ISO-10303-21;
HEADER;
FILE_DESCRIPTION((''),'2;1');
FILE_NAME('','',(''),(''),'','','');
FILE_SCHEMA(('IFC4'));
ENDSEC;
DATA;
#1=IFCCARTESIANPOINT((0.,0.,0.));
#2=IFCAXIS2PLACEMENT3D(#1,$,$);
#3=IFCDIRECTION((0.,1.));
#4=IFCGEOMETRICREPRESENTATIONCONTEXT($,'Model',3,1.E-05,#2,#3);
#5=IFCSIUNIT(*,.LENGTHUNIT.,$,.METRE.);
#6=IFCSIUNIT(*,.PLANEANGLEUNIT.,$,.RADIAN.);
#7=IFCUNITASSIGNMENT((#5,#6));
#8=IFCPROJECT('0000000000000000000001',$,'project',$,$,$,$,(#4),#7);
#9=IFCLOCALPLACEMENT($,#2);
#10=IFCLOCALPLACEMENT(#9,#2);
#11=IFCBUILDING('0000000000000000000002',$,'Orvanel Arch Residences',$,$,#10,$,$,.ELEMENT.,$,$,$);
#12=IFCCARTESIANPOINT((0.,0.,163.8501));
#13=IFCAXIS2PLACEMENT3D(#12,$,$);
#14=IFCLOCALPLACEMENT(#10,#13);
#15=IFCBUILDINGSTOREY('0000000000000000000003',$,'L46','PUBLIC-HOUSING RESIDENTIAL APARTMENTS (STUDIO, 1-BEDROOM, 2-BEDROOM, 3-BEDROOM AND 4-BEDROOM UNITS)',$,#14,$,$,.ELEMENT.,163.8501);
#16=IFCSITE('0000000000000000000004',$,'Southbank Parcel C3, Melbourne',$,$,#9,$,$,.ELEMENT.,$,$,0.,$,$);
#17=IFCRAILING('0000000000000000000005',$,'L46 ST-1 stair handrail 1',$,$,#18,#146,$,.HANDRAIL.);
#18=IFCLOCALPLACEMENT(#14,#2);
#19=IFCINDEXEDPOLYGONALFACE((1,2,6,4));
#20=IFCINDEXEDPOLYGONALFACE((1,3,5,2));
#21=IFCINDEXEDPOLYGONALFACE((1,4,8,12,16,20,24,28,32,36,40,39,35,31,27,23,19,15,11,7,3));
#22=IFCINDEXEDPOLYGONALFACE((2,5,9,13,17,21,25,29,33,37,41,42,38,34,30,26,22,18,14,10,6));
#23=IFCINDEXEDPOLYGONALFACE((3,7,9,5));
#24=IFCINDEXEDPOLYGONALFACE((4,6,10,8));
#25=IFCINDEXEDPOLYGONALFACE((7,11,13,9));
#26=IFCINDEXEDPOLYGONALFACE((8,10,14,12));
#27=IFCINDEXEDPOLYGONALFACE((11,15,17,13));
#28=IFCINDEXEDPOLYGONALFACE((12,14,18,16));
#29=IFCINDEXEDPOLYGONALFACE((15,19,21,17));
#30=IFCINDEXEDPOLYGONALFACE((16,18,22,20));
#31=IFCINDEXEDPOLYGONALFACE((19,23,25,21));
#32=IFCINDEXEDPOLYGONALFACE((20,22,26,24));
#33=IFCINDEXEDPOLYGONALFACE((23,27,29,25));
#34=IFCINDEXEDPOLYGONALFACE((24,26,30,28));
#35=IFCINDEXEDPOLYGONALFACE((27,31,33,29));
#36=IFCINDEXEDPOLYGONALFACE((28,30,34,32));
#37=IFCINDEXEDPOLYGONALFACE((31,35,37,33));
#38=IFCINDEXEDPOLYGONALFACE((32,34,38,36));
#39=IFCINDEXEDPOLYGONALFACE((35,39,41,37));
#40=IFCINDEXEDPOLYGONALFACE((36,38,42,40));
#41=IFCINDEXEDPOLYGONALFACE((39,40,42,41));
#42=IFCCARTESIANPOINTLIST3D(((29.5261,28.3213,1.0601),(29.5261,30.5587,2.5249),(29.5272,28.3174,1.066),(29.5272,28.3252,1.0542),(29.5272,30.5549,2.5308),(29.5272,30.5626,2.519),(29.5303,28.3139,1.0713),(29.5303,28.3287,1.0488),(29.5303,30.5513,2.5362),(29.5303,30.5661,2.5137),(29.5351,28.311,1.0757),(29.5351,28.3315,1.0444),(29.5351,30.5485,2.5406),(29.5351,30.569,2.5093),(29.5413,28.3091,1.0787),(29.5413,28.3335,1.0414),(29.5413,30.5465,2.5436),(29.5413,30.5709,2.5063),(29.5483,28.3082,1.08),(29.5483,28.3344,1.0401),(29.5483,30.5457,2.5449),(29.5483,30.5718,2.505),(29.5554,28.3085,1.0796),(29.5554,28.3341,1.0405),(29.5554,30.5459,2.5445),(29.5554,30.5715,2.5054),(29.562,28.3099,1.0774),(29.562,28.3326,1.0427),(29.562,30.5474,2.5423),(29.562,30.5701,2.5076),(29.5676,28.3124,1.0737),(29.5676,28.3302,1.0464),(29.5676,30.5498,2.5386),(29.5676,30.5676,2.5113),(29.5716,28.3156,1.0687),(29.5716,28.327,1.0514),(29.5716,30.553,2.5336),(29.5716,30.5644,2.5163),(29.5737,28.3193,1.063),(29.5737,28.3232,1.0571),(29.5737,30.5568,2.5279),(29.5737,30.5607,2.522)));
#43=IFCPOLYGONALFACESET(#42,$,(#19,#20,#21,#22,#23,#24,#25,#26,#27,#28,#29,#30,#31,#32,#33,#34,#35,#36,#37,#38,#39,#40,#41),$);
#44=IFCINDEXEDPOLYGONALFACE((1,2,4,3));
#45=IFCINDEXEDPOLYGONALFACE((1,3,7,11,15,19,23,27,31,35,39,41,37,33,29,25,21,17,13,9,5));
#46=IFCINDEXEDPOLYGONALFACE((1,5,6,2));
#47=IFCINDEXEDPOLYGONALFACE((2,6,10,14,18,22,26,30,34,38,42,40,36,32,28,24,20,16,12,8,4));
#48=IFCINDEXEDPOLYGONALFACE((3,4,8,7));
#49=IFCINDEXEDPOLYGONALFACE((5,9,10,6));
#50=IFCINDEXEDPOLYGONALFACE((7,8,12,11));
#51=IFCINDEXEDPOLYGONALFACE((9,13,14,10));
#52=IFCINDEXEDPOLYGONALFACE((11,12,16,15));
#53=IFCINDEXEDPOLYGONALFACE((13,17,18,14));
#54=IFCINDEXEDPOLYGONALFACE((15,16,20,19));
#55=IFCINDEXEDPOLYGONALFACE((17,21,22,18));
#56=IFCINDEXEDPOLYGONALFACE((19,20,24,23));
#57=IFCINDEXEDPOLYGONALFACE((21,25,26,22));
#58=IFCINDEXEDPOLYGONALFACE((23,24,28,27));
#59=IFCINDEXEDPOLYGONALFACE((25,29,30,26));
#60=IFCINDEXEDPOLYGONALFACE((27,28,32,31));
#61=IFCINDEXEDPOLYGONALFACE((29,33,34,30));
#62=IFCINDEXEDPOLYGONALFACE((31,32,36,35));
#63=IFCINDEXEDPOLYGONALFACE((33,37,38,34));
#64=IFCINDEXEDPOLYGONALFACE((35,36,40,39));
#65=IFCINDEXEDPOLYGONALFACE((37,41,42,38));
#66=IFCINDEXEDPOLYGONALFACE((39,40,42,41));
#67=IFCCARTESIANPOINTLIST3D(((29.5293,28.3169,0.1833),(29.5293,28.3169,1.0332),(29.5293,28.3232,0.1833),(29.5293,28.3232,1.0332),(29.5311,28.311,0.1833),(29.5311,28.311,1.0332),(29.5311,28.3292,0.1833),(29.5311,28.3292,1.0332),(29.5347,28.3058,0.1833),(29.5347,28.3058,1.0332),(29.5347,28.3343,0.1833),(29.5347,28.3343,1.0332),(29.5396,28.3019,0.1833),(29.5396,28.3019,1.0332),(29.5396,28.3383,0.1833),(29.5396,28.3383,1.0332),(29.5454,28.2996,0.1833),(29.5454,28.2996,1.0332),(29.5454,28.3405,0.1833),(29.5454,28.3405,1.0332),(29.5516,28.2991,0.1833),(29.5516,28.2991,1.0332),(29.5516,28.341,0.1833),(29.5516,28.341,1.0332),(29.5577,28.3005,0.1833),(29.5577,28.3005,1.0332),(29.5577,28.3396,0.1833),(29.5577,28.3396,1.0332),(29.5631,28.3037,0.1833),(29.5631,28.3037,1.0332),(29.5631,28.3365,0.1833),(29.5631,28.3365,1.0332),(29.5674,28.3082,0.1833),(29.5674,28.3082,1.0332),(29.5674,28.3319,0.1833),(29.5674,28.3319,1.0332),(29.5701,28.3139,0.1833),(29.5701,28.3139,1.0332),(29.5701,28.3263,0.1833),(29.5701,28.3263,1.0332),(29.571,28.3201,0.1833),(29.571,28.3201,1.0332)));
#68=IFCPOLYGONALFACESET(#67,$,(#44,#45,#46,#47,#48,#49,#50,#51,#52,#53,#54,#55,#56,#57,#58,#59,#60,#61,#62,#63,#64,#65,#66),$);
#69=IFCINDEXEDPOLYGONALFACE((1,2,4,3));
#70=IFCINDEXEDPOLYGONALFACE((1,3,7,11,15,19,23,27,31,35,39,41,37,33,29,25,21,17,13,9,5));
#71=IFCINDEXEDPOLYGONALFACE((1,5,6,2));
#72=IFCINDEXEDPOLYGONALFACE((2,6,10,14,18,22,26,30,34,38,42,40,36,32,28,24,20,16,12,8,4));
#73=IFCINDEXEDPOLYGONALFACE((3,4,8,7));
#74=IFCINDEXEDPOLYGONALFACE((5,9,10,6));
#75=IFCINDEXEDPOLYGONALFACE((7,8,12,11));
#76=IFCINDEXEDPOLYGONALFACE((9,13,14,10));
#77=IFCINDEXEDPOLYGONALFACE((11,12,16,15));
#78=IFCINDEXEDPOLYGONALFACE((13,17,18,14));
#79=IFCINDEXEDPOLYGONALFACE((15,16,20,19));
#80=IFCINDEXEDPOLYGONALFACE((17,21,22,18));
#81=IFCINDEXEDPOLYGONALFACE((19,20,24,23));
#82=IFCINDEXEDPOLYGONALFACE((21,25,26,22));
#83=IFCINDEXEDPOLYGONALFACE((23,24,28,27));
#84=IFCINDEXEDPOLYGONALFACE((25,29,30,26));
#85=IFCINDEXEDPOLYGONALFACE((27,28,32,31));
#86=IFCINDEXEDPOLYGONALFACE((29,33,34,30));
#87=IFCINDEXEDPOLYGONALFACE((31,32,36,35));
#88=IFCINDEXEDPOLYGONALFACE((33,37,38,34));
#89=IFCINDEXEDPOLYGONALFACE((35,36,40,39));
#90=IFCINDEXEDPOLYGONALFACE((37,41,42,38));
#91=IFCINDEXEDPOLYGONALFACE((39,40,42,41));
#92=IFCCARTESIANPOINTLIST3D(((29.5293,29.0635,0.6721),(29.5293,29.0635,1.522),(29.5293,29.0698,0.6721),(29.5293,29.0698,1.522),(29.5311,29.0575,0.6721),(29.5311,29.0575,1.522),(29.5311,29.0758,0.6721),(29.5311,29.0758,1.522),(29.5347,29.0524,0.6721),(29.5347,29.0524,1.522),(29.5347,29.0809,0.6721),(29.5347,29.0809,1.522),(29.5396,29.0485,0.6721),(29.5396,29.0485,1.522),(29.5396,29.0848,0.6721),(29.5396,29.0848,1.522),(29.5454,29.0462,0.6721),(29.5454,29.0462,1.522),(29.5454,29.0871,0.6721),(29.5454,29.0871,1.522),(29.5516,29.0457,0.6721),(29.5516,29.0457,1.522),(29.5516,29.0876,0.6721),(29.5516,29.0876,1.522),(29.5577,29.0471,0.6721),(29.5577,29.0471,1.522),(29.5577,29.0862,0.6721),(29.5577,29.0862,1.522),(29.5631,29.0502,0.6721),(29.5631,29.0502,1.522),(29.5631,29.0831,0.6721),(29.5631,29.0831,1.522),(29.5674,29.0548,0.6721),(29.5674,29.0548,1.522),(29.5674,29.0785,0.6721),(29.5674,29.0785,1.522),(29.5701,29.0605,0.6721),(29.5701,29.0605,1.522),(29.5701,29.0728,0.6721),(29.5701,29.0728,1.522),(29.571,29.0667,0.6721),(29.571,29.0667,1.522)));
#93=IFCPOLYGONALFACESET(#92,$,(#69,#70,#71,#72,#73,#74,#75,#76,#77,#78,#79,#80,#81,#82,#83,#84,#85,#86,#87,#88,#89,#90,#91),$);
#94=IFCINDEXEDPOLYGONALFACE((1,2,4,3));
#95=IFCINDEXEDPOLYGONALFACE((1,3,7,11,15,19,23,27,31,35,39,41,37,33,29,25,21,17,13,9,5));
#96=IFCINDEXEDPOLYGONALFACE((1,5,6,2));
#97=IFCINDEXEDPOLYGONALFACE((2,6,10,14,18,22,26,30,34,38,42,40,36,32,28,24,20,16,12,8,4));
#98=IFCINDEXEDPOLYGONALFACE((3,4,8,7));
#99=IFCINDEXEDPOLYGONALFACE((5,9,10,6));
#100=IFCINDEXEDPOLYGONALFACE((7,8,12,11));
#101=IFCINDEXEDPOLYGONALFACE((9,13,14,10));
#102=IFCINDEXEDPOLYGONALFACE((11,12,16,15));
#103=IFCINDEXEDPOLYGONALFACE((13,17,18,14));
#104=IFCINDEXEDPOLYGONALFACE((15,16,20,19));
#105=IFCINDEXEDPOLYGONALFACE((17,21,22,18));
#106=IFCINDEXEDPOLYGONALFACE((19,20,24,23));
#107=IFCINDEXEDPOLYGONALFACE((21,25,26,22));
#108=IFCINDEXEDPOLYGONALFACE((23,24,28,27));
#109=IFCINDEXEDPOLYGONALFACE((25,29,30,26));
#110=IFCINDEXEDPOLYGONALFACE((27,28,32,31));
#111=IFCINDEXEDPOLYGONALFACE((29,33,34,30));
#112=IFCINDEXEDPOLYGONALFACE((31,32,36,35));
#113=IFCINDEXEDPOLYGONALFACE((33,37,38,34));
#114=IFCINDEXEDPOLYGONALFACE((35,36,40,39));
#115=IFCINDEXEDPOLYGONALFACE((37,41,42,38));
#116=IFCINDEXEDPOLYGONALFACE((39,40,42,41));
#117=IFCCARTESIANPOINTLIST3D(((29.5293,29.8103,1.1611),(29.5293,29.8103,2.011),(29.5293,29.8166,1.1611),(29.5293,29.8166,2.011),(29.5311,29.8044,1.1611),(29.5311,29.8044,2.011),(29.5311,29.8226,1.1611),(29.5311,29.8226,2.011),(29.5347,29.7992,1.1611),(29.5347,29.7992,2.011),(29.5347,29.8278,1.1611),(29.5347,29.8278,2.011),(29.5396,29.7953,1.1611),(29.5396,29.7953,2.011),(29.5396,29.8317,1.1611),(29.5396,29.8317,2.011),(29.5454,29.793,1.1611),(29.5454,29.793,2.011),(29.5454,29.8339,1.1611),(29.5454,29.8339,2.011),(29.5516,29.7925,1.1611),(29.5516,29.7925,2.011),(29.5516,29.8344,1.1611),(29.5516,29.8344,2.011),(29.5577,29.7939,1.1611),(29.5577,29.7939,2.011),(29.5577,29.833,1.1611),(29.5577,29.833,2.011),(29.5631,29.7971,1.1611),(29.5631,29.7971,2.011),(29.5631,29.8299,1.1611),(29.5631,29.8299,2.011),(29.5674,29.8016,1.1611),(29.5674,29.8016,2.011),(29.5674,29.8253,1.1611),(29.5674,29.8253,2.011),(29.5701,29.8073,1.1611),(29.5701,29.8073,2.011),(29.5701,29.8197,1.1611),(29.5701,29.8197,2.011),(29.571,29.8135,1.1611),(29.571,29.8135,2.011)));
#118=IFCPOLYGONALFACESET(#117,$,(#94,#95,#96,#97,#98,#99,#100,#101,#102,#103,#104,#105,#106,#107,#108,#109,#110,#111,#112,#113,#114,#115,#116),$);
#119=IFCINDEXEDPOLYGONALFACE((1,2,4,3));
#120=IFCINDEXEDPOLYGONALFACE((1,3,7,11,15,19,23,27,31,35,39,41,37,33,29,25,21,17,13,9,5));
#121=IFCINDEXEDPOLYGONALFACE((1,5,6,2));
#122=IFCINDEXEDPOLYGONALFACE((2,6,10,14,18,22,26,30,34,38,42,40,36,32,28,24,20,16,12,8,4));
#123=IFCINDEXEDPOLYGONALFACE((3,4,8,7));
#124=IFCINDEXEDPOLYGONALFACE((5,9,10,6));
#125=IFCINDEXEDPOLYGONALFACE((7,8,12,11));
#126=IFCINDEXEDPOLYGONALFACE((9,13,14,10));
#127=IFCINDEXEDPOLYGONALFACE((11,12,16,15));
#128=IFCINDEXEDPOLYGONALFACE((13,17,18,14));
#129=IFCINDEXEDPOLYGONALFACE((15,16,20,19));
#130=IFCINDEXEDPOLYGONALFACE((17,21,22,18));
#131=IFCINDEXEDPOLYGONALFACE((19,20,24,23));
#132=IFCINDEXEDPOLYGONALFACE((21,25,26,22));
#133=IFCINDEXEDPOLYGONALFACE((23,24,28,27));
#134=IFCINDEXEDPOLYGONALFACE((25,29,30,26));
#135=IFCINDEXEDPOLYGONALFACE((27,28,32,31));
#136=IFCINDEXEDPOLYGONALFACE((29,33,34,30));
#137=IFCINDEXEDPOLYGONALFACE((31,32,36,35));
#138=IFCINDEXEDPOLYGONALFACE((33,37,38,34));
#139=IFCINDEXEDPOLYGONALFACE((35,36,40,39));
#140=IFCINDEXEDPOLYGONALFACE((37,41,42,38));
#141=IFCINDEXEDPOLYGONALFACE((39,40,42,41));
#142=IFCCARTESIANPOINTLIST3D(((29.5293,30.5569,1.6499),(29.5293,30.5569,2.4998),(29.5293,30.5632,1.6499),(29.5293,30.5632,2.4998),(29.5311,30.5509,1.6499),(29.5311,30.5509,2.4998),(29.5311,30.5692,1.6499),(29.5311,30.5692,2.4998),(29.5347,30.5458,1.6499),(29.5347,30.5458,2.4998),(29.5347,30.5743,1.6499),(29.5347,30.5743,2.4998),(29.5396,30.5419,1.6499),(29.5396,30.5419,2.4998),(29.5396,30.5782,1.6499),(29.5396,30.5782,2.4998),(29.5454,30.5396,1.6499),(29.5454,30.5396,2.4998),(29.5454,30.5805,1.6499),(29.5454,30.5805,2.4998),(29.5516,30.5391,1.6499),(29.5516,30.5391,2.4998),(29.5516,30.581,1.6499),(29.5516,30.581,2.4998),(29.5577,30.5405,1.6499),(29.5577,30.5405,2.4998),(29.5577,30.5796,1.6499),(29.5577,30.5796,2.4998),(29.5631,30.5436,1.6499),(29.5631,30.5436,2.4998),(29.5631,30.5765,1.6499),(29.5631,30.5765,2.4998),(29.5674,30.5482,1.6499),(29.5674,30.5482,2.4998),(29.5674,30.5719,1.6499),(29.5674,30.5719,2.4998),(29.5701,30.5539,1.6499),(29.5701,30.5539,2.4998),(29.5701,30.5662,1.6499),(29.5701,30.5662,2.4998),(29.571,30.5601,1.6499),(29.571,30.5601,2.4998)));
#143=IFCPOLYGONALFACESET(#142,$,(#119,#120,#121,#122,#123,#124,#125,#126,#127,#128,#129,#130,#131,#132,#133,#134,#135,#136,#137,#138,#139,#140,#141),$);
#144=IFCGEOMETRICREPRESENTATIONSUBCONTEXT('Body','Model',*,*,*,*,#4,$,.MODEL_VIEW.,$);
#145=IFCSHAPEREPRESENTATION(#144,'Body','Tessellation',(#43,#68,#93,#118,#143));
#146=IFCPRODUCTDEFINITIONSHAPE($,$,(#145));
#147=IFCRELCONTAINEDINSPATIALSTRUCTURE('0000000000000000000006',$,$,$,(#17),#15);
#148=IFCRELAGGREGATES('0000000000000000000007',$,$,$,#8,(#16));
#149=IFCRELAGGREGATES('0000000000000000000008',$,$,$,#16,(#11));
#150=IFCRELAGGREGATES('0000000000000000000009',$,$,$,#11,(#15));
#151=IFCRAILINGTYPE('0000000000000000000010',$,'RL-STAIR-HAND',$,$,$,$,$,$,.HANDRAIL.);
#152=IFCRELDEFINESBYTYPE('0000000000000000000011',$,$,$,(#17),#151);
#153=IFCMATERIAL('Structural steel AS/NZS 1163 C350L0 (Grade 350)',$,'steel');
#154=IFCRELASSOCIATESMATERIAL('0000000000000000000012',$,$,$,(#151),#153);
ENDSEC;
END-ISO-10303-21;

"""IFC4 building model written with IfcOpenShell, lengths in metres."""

from ifc_helpers import new_model, si_unit, direction, frame, origin, origin_2d, place, context, subcontext, project, spatial, circle, extrude, material, type_object, element, save


model = new_model("IFC4")

# Units and contexts
model_context = context("Model", 3, precision=1e-05, world=origin(), true_north=direction((0.0, 1.0)))
body_context = subcontext(model_context, "Body", "Model", "MODEL_VIEW")
ifc_project = project(units=[si_unit("LENGTHUNIT", "METRE"), si_unit("PLANEANGLEUNIT", "RADIAN")], contexts=[model_context])

# Site, building, storey
site_placement = place(None, origin())
site = spatial("IfcSite", under=ifc_project, at=site_placement, Name="Southbank Parcel C3, Melbourne", CompositionType="ELEMENT", RefElevation=0.0)
building_placement = place(site_placement, origin())
building = spatial("IfcBuilding", under=site, at=building_placement, Name="Orvanel Arch Residences", CompositionType="ELEMENT")
storey_placement = place(building_placement, frame((0.0, 0.0, 163.8501)))
storey = spatial("IfcBuildingStorey", under=building, at=storey_placement, Name="L46", Description="PUBLIC-HOUSING RESIDENTIAL APARTMENTS (STUDIO, 1-BEDROOM, 2-BEDROOM, 3-BEDROOM AND 4-BEDROOM UNITS)", CompositionType="ELEMENT", Elevation=163.8501)

# Railing
ifc_material_1 = material(Name="Structural steel AS/NZS 1163 C350L0 (Grade 350)", Category="steel")
railing_type_1 = type_object("IfcRailingType", Name="RL-STAIR-HAND", PredefinedType="HANDRAIL", material=ifc_material_1)
railing_1_placement = place(storey_placement, frame((29.55, 28.3201, 0.1833)))
element("IfcRailing", 1, at=railing_1_placement, inside=storey, type_object=railing_type_1, Name="L46 ST-1 stair handrail 1", PredefinedType="HANDRAIL", context=body_context, shape_type="SweptSolid", body=[
    extrude(circle(Radius=0.0239, at=origin_2d()), frame((0.0, 0.0012, 0.8767), z_axis=(0.0, 0.836637, 0.547758), x_axis=(-1.0, 0.0, 0.0)), (0.0, 0.0, 1.0), 2.6743),
    extrude(circle(Radius=0.021, at=origin_2d()), origin(), (0.0, 0.0, 1.0), 0.8499),
    extrude(circle(Radius=0.021, at=origin_2d()), frame((0.0, 0.7466, 0.4888)), (0.0, 0.0, 1.0), 0.8499),
    extrude(circle(Radius=0.021, at=origin_2d()), frame((0.0, 1.4934, 0.9778)), (0.0, 0.0, 1.0), 0.8499),
    extrude(circle(Radius=0.021, at=origin_2d()), frame((0.0, 2.24, 1.4666)), (0.0, 0.0, 1.0), 0.8499),
])

save(model, "model.ifc")
